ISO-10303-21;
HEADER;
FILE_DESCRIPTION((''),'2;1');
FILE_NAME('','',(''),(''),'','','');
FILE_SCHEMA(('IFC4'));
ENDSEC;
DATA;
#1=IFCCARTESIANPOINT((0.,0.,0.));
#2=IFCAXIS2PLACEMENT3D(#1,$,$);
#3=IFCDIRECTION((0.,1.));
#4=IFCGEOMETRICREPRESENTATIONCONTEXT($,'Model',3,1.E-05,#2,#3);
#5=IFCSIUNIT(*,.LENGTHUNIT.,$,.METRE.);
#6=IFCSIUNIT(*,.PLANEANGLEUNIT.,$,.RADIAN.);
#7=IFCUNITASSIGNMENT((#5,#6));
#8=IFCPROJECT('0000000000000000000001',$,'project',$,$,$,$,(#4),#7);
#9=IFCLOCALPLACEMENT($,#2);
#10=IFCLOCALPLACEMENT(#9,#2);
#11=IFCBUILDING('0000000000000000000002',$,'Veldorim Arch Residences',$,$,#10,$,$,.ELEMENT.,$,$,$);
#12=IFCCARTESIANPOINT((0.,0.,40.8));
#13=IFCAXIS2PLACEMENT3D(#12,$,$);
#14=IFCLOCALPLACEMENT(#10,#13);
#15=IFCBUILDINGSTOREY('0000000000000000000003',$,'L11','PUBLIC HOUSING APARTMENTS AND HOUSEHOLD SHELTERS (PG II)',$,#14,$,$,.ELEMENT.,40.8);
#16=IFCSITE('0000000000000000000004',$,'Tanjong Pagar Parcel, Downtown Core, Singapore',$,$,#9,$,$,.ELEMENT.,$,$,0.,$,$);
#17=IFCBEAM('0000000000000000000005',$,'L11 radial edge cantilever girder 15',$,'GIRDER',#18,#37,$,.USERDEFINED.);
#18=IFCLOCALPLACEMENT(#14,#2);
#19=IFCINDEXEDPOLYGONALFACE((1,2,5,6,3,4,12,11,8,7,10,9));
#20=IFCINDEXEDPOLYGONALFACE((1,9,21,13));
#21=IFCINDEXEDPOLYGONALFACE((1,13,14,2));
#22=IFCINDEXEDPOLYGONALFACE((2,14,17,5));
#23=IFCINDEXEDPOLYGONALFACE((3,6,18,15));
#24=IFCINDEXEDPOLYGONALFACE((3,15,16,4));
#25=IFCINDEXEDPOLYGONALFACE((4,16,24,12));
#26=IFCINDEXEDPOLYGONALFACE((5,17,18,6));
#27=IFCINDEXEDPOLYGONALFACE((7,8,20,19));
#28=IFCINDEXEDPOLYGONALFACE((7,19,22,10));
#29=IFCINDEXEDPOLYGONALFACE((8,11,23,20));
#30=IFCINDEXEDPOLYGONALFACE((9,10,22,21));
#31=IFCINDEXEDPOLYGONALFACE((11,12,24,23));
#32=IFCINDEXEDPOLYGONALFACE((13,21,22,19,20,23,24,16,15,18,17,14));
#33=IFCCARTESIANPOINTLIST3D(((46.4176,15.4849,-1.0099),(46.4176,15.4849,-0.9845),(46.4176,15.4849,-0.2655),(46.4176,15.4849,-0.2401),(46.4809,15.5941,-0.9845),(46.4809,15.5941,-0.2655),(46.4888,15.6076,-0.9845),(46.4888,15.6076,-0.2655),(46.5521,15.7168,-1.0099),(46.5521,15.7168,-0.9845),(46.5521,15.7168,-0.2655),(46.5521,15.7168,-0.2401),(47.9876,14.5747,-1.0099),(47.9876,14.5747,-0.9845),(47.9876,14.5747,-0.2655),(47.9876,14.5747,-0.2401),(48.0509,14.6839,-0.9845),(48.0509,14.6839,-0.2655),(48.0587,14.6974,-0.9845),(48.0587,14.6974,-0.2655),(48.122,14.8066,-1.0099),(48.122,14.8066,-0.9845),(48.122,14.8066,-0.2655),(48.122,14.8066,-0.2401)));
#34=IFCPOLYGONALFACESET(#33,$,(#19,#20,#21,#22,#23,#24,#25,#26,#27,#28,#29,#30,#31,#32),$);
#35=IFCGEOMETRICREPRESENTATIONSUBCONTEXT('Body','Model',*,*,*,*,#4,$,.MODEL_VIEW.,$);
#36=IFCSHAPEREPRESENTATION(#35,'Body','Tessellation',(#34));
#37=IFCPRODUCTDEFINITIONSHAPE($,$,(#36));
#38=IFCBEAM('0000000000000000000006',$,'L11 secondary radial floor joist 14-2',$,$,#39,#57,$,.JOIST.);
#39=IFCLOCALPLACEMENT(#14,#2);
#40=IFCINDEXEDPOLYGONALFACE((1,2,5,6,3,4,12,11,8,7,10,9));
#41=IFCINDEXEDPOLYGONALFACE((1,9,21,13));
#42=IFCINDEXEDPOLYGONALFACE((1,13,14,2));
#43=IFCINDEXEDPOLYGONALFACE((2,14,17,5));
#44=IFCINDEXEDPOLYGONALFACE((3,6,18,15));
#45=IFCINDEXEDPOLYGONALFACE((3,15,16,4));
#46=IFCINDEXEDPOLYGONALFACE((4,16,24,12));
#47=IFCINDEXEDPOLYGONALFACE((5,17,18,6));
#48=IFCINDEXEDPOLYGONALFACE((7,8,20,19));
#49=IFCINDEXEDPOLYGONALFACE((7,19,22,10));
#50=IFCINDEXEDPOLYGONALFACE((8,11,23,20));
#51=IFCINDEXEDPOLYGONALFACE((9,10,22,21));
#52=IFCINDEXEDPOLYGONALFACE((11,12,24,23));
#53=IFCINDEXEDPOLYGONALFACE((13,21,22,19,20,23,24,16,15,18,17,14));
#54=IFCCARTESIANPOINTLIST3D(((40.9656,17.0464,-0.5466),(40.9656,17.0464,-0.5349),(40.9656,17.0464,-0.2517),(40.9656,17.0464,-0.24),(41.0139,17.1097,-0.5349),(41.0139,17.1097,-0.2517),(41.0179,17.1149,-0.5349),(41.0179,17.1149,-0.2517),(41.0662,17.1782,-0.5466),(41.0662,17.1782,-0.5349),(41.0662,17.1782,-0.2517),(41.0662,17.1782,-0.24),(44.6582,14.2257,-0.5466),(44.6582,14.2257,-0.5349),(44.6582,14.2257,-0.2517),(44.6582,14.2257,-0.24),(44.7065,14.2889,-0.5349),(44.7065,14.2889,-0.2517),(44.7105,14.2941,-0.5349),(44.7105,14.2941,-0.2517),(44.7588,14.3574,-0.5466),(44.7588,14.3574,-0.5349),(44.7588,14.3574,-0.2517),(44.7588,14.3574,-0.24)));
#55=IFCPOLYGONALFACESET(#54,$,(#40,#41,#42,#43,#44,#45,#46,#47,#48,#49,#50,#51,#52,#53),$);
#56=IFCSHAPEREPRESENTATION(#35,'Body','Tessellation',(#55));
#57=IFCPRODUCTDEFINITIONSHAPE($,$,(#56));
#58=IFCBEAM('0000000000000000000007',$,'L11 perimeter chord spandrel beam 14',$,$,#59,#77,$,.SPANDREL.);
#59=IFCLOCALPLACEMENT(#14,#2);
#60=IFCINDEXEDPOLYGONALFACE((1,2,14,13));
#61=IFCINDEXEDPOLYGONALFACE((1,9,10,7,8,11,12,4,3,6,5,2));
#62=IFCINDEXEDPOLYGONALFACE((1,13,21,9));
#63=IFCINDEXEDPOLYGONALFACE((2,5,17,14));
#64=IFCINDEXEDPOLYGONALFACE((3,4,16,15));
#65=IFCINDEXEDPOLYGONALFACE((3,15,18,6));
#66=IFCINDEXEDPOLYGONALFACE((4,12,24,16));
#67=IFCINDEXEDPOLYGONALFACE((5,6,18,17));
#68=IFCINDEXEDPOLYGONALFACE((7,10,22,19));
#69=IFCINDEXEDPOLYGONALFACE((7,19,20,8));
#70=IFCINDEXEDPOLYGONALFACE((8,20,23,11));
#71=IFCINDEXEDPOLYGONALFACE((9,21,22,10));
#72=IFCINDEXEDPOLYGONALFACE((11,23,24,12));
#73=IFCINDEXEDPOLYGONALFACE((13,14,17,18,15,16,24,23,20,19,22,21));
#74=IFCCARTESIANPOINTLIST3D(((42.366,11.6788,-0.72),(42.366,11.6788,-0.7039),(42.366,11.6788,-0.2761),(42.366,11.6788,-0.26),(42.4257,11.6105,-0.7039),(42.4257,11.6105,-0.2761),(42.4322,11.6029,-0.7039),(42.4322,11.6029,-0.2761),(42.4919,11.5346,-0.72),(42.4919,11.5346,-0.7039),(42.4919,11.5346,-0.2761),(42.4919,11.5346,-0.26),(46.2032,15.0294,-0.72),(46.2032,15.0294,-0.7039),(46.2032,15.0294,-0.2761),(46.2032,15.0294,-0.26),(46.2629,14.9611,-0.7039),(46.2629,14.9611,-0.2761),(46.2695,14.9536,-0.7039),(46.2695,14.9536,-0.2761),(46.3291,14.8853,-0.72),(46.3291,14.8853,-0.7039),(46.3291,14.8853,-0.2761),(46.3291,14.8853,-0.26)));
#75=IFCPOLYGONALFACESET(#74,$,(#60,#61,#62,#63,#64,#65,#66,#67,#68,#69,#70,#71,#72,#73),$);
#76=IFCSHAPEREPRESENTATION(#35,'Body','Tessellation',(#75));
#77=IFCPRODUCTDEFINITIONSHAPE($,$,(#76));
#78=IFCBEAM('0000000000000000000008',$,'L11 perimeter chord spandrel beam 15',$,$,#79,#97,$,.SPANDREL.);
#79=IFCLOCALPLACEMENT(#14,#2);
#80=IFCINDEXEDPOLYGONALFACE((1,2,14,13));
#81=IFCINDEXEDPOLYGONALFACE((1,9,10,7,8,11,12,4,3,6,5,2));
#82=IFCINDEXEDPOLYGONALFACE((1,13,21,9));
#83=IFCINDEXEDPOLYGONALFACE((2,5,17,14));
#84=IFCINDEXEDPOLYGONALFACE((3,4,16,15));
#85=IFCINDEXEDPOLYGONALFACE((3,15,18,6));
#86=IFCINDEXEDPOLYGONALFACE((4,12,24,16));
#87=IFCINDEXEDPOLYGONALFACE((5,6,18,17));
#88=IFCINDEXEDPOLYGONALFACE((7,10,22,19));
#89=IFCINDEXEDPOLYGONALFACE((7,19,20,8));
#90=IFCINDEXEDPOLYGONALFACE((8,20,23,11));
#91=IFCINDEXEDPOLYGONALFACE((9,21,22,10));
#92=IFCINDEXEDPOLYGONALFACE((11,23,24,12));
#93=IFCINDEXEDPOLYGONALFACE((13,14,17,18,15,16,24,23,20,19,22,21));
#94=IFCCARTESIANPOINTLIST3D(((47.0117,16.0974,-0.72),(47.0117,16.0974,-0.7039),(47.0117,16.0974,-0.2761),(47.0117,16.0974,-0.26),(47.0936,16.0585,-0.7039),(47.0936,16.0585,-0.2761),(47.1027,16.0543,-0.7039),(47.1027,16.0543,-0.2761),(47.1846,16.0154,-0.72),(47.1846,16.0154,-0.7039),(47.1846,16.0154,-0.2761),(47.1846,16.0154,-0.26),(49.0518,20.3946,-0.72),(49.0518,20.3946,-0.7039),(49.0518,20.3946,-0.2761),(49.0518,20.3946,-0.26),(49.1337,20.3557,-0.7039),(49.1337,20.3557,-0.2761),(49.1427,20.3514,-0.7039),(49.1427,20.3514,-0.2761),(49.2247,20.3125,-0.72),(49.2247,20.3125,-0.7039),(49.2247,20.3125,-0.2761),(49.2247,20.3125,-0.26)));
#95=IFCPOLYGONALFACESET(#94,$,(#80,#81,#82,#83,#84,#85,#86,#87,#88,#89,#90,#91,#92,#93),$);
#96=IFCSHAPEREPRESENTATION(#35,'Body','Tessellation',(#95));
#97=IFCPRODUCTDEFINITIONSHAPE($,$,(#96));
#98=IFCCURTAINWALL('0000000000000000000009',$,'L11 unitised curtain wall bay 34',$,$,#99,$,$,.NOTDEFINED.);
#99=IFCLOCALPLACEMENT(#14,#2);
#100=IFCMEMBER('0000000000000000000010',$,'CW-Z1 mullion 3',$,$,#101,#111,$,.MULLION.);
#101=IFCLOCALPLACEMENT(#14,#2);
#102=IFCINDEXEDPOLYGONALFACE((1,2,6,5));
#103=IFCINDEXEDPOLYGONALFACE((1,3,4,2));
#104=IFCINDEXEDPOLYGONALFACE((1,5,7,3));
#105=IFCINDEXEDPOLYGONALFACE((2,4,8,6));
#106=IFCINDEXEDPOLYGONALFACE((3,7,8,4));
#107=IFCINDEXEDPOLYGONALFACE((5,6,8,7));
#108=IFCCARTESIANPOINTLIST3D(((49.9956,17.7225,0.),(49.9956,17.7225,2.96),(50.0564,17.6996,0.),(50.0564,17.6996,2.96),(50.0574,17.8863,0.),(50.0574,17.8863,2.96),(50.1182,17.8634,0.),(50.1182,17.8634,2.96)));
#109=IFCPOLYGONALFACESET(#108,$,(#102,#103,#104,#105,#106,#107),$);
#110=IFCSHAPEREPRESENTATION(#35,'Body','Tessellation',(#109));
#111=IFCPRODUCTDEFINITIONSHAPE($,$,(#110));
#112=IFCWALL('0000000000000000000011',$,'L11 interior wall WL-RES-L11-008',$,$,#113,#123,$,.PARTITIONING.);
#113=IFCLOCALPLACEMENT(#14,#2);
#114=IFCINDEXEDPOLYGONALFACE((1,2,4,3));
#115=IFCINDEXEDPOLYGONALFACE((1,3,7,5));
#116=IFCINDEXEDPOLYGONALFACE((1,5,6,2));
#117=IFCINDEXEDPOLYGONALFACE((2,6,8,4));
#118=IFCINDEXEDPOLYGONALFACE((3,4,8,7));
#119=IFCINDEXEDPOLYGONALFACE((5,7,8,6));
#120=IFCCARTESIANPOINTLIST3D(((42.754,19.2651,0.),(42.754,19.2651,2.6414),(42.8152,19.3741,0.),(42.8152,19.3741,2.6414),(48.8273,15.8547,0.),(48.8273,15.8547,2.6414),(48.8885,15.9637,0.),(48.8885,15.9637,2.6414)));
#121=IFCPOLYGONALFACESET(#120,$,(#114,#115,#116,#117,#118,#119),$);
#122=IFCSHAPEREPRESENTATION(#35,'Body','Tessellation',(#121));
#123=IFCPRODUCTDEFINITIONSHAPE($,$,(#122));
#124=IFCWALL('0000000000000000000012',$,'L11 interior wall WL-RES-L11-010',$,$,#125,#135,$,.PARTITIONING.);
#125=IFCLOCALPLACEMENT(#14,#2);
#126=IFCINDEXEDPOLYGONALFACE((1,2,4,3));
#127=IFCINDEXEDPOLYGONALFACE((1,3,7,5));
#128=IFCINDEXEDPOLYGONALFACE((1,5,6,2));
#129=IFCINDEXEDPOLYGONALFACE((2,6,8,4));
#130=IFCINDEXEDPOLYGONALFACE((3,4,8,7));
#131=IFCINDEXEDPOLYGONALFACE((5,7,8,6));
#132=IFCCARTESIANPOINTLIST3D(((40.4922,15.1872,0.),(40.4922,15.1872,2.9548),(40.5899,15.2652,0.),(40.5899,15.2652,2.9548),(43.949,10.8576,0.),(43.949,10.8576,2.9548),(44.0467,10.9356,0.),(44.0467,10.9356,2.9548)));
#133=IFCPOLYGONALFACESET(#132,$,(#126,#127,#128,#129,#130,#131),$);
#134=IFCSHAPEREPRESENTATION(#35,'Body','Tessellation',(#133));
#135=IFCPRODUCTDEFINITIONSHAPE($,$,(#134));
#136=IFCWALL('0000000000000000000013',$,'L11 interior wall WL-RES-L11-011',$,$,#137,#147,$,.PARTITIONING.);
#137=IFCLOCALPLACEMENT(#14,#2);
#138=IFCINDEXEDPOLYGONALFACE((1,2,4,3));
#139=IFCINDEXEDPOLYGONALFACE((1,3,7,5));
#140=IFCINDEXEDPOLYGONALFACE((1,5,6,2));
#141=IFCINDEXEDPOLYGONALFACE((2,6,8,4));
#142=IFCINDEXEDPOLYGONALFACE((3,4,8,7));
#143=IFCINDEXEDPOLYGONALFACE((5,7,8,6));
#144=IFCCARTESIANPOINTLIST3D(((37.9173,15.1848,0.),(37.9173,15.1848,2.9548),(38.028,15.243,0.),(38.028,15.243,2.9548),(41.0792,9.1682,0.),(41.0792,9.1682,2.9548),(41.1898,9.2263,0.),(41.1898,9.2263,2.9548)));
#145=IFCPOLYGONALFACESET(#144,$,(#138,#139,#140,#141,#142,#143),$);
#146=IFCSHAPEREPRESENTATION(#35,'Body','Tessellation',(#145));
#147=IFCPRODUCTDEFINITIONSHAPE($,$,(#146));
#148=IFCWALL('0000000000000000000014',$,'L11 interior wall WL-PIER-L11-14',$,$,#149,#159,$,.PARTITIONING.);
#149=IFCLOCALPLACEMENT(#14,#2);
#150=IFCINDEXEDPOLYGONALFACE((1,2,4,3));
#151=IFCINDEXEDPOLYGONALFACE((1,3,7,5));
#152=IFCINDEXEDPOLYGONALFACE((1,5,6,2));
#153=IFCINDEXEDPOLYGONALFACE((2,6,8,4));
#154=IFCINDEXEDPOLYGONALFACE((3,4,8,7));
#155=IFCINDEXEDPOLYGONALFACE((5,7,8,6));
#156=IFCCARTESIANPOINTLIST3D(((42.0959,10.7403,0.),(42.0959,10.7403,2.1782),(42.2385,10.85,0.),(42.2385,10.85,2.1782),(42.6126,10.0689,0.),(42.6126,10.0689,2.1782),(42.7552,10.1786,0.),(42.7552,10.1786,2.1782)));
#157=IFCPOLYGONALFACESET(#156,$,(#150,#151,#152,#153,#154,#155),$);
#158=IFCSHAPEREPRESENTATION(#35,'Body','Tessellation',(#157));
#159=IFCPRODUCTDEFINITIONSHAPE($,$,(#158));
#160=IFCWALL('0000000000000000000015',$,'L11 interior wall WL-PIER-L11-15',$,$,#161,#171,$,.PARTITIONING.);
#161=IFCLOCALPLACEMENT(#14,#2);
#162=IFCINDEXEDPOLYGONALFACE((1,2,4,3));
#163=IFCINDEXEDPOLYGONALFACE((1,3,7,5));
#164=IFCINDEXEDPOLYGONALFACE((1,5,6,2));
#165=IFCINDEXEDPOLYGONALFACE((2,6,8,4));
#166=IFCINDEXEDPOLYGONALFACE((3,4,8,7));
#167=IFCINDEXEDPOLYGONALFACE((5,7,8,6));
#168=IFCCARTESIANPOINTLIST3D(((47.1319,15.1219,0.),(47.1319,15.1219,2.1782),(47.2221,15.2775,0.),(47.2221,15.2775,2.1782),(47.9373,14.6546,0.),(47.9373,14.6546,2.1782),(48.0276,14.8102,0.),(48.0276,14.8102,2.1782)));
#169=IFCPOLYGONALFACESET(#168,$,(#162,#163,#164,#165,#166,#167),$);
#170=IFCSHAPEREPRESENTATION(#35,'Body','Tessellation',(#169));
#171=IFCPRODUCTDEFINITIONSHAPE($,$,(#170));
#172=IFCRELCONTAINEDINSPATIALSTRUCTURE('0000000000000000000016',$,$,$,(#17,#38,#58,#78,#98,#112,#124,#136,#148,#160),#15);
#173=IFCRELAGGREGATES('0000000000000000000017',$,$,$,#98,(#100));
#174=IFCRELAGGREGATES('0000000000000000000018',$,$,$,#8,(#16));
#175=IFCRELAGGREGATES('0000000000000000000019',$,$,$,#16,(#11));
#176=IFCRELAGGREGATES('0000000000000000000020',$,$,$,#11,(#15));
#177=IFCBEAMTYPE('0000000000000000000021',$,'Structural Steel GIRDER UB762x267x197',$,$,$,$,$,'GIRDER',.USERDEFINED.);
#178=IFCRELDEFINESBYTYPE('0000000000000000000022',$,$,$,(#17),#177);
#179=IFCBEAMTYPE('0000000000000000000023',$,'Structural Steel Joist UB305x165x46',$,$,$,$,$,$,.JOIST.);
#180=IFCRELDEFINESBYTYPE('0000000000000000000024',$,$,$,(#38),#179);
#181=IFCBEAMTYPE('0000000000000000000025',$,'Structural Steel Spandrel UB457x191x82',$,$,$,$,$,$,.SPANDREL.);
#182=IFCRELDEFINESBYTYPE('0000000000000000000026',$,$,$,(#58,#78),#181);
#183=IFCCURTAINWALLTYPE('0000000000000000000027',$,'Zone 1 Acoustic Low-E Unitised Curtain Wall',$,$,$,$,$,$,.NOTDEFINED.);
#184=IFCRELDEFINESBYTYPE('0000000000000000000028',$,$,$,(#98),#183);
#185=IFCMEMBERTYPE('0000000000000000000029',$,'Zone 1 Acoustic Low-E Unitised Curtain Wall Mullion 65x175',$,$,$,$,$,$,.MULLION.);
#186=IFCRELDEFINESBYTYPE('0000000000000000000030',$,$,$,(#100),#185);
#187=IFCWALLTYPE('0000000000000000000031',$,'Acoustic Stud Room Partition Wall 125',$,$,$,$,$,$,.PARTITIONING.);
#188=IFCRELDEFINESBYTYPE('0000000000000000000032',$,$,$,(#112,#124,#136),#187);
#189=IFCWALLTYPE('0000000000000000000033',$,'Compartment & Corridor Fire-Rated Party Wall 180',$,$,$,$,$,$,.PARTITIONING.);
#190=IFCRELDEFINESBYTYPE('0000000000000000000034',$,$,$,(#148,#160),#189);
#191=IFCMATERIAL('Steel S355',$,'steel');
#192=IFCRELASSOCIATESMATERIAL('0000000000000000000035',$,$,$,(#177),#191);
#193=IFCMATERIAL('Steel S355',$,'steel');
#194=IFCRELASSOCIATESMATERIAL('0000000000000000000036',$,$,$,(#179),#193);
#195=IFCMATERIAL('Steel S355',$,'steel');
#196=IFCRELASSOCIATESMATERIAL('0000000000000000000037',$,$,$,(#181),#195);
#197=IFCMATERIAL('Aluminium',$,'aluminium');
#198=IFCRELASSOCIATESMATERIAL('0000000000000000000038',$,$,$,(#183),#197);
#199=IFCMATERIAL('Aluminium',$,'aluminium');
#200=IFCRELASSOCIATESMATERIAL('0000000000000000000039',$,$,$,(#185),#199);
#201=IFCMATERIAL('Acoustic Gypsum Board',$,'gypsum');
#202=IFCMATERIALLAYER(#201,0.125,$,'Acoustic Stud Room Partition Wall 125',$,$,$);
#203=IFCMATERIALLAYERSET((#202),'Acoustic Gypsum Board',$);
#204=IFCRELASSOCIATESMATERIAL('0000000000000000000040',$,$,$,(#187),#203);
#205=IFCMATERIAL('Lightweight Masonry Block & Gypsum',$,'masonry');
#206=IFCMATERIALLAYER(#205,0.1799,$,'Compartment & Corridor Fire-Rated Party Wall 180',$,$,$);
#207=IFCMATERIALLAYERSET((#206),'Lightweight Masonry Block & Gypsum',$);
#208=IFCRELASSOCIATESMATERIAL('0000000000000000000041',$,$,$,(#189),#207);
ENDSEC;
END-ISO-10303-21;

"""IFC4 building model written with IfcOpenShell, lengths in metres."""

from ifc_helpers import new_model, si_unit, direction, frame, frame_2d, origin, origin_2d, place, context, subcontext, project, spatial, rectangle, i_section, extrude, material, layer, layer_set, material_profile, profile_set, type_object, element, aggregate, save


model = new_model("IFC4")

# Units and contexts
model_context = context("Model", 3, precision=1e-05, world=origin(), true_north=direction((0.0, 1.0)))
body_context = subcontext(model_context, "Body", "Model", "MODEL_VIEW")
ifc_project = project(units=[si_unit("LENGTHUNIT", "METRE"), si_unit("PLANEANGLEUNIT", "RADIAN")], contexts=[model_context])

# Site, building, storey
site_placement = place(None, origin())
site = spatial("IfcSite", under=ifc_project, at=site_placement, Name="Tanjong Pagar Parcel, Downtown Core, Singapore", CompositionType="ELEMENT", RefElevation=0.0)
building_placement = place(site_placement, origin())
building = spatial("IfcBuilding", under=site, at=building_placement, Name="Veldorim Arch Residences", CompositionType="ELEMENT")
storey_placement = place(building_placement, frame((0.0, 0.0, 40.8)))
storey = spatial("IfcBuildingStorey", under=building, at=storey_placement, Name="L11", Description="PUBLIC HOUSING APARTMENTS AND HOUSEHOLD SHELTERS (PG II)", CompositionType="ELEMENT", Elevation=40.8)

# Beams
ifc_material_1 = material(Name="Steel S355", Category="steel")
ifc_material_profile_1 = material_profile(ifc_material_1, i_section(OverallWidth=0.2681, OverallDepth=0.7698, WebThickness=0.0156, FlangeThickness=0.0254, at=origin_2d()), Name="UB762x267x197")
ifc_profile_set_1 = profile_set([ifc_material_profile_1], Name="Steel S355")
beam_type_1 = type_object("IfcBeamType", Name="Structural Steel GIRDER UB762x267x197", ElementType="GIRDER", PredefinedType="USERDEFINED", material=ifc_profile_set_1)
beam_1_placement = place(storey_placement, frame((46.4849, 15.6008, -0.625), z_axis=(0.865113, -0.501577, 0.0), x_axis=(0.501577, 0.865113, 0.0)))
element("IfcBeam", 1, at=beam_1_placement, inside=storey, type_object=beam_type_1, Name="L11 radial edge cantilever girder 15", ObjectType="GIRDER", PredefinedType="USERDEFINED", context=body_context, shape_type="SweptSolid", body=[
    extrude(i_section(OverallWidth=0.2681, OverallDepth=0.7698, WebThickness=0.0156, FlangeThickness=0.0254, at=origin_2d()), origin(), (0.0, 0.0, 1.0), 1.8147),
])
ifc_material_2 = material(Name="Steel S355", Category="steel")
ifc_material_profile_2 = material_profile(ifc_material_2, i_section(OverallWidth=0.1658, OverallDepth=0.3066, WebThickness=0.0066, FlangeThickness=0.0117, at=origin_2d()), Name="UB305x165x46")
ifc_profile_set_2 = profile_set([ifc_material_profile_2], Name="Steel S355")
beam_type_2 = type_object("IfcBeamType", Name="Structural Steel Joist UB305x165x46", PredefinedType="JOIST", material=ifc_profile_set_2)
beam_2_placement = place(storey_placement, frame((41.0159, 17.1123, -0.3933), z_axis=(0.794666, -0.607046, 0.0), x_axis=(0.607046, 0.794666, 0.0)))
element("IfcBeam", 2, at=beam_2_placement, inside=storey, type_object=beam_type_2, Name="L11 secondary radial floor joist 14-2", PredefinedType="JOIST", context=body_context, shape_type="SweptSolid", body=[
    extrude(i_section(OverallWidth=0.1658, OverallDepth=0.3066, WebThickness=0.0066, FlangeThickness=0.0117, at=origin_2d()), origin(), (0.0, 0.0, 1.0), 4.6467),
])
ifc_material_3 = material(Name="Steel S355", Category="steel")
ifc_material_profile_3 = material_profile(ifc_material_3, i_section(OverallWidth=0.1914, OverallDepth=0.46, WebThickness=0.01, FlangeThickness=0.0161, at=origin_2d()), Name="UB457x191x82")
ifc_profile_set_3 = profile_set([ifc_material_profile_3], Name="Steel S355")
beam_type_3 = type_object("IfcBeamType", Name="Structural Steel Spandrel UB457x191x82", PredefinedType="SPANDREL", material=ifc_profile_set_3)
beam_3_placement = place(storey_placement, frame((42.429, 11.6067, -0.49), z_axis=(0.75325, 0.657734, 0.0), x_axis=(-0.657734, 0.75325, 0.0)))
element("IfcBeam", 3, at=beam_3_placement, inside=storey, type_object=beam_type_3, Name="L11 perimeter chord spandrel beam 14", PredefinedType="SPANDREL", context=body_context, shape_type="SweptSolid", body=[
    extrude(i_section(OverallWidth=0.1914, OverallDepth=0.46, WebThickness=0.01, FlangeThickness=0.0161, at=origin_2d()), origin(), (0.0, 0.0, 1.0), 5.0942),
])
beam_4_placement = place(storey_placement, frame((47.0981, 16.0564, -0.49), z_axis=(0.428869, 0.903366, 0.0), x_axis=(-0.903366, 0.428869, 0.0)))
element("IfcBeam", 4, at=beam_4_placement, inside=storey, type_object=beam_type_3, Name="L11 perimeter chord spandrel beam 15", PredefinedType="SPANDREL", context=body_context, shape_type="SweptSolid", body=[
    extrude(i_section(OverallWidth=0.1914, OverallDepth=0.46, WebThickness=0.01, FlangeThickness=0.0161, at=origin_2d()), origin(), (0.0, 0.0, 1.0), 4.7568),
])

# Curtain wall, member
ifc_material_4 = material(Name="Aluminium", Category="aluminium")
curtain_wall_type = type_object("IfcCurtainWallType", Name="Zone 1 Acoustic Low-E Unitised Curtain Wall", PredefinedType="NOTDEFINED", material=ifc_material_4)
curtain_wall_placement = place(storey_placement, origin())
curtain_wall = element("IfcCurtainWall", 5, at=curtain_wall_placement, inside=storey, type_object=curtain_wall_type, Name="L11 unitised curtain wall bay 34", PredefinedType="NOTDEFINED")
ifc_material_5 = material(Name="Aluminium", Category="aluminium")
ifc_material_profile_4 = material_profile(ifc_material_5, rectangle(XDim=0.0649, YDim=0.175, at=origin_2d()), Name="ALU_MUL_65x175")
ifc_profile_set_4 = profile_set([ifc_material_profile_4], Name="Aluminium")
member_type = type_object("IfcMemberType", Name="Zone 1 Acoustic Low-E Unitised Curtain Wall Mullion 65x175", PredefinedType="MULLION", material=ifc_profile_set_4)
member_placement = place(storey_placement, frame((50.0569, 17.793, 0.0), z_axis=(0.0, 0.0, 1.0), x_axis=(0.935656, -0.352914, 0.0)))
member = element("IfcMember", 6, at=member_placement, type_object=member_type, Name="CW-Z1 mullion 3", PredefinedType="MULLION", context=body_context, shape_type="SweptSolid", body=[
    extrude(rectangle(XDim=0.0649, YDim=0.175, at=origin_2d()), origin(), (0.0, 0.0, 1.0), 2.96),
])
aggregate(curtain_wall, [member])

# Walls
ifc_material_6 = material(Name="Acoustic Gypsum Board", Category="gypsum")
ifc_layer_1 = layer(ifc_material_6, 0.125, Name="Acoustic Stud Room Partition Wall 125")
ifc_layer_set_1 = layer_set([ifc_layer_1], Name="Acoustic Gypsum Board")
wall_type_1 = type_object("IfcWallType", Name="Acoustic Stud Room Partition Wall 125", PredefinedType="PARTITIONING", material=ifc_layer_set_1)
wall_1_placement = place(storey_placement, frame((48.8579, 15.9092, 0.0), z_axis=(0.0, 0.0, 1.0), x_axis=(-0.871931, 0.489629, 0.0)))
element("IfcWall", 7, at=wall_1_placement, inside=storey, type_object=wall_type_1, Name="L11 interior wall WL-RES-L11-008", PredefinedType="PARTITIONING", context=body_context, shape_type="SweptSolid", body=[
    extrude(rectangle(XDim=6.9653, YDim=0.125, at=frame_2d((3.4827, 0.0))), origin(), (0.0, 0.0, 1.0), 2.6414),
])
wall_2_placement = place(storey_placement, frame((43.9978, 10.8967, 0.0), z_axis=(0.0, 0.0, 1.0), x_axis=(-0.623937, 0.781475, 0.0)))
element("IfcWall", 8, at=wall_2_placement, inside=storey, type_object=wall_type_1, Name="L11 interior wall WL-RES-L11-010", PredefinedType="PARTITIONING", context=body_context, shape_type="SweptSolid", body=[
    extrude(rectangle(XDim=5.5403, YDim=0.125, at=frame_2d((2.77, 0.0))), origin(), (0.0, 0.0, 1.0), 2.9548),
])
wall_3_placement = place(storey_placement, frame((41.1345, 9.1973, 0.0), z_axis=(0.0, 0.0, 1.0), x_axis=(-0.465197, 0.885207, 0.0)))
element("IfcWall", 9, at=wall_3_placement, inside=storey, type_object=wall_type_1, Name="L11 interior wall WL-RES-L11-011", PredefinedType="PARTITIONING", context=body_context, shape_type="SweptSolid", body=[
    extrude(rectangle(XDim=6.7969, YDim=0.125, at=frame_2d((3.3984, 0.0))), origin(), (0.0, 0.0, 1.0), 2.9548),
])
ifc_material_7 = material(Name="Lightweight Masonry Block & Gypsum", Category="masonry")
ifc_layer_2 = layer(ifc_material_7, 0.1799, Name="Compartment & Corridor Fire-Rated Party Wall 180")
ifc_layer_set_2 = layer_set([ifc_layer_2], Name="Lightweight Masonry Block & Gypsum")
wall_type_2 = type_object("IfcWallType", Name="Compartment & Corridor Fire-Rated Party Wall 180", PredefinedType="PARTITIONING", material=ifc_layer_set_2)
wall_4_placement = place(storey_placement, frame((42.1672, 10.7952, 0.0), z_axis=(0.0, 0.0, 1.0), x_axis=(0.609822, -0.792538, 0.0)))
element("IfcWall", 10, at=wall_4_placement, inside=storey, type_object=wall_type_2, Name="L11 interior wall WL-PIER-L11-14", PredefinedType="PARTITIONING", context=body_context, shape_type="SweptSolid", body=[
    extrude(rectangle(XDim=0.8472, YDim=0.1799, at=frame_2d((0.4236, 0.0))), origin(), (0.0, 0.0, 1.0), 2.1782),
])
wall_5_placement = place(storey_placement, frame((47.177, 15.1997, 0.0), z_axis=(0.0, 0.0, 1.0), x_axis=(0.864965, -0.501832, 0.0)))
element("IfcWall", 11, at=wall_5_placement, inside=storey, type_object=wall_type_2, Name="L11 interior wall WL-PIER-L11-15", PredefinedType="PARTITIONING", context=body_context, shape_type="SweptSolid", body=[
    extrude(rectangle(XDim=0.9312, YDim=0.1799, at=frame_2d((0.4656, 0.0))), origin(), (0.0, 0.0, 1.0), 2.1782),
])

save(model, "model.ifc")
